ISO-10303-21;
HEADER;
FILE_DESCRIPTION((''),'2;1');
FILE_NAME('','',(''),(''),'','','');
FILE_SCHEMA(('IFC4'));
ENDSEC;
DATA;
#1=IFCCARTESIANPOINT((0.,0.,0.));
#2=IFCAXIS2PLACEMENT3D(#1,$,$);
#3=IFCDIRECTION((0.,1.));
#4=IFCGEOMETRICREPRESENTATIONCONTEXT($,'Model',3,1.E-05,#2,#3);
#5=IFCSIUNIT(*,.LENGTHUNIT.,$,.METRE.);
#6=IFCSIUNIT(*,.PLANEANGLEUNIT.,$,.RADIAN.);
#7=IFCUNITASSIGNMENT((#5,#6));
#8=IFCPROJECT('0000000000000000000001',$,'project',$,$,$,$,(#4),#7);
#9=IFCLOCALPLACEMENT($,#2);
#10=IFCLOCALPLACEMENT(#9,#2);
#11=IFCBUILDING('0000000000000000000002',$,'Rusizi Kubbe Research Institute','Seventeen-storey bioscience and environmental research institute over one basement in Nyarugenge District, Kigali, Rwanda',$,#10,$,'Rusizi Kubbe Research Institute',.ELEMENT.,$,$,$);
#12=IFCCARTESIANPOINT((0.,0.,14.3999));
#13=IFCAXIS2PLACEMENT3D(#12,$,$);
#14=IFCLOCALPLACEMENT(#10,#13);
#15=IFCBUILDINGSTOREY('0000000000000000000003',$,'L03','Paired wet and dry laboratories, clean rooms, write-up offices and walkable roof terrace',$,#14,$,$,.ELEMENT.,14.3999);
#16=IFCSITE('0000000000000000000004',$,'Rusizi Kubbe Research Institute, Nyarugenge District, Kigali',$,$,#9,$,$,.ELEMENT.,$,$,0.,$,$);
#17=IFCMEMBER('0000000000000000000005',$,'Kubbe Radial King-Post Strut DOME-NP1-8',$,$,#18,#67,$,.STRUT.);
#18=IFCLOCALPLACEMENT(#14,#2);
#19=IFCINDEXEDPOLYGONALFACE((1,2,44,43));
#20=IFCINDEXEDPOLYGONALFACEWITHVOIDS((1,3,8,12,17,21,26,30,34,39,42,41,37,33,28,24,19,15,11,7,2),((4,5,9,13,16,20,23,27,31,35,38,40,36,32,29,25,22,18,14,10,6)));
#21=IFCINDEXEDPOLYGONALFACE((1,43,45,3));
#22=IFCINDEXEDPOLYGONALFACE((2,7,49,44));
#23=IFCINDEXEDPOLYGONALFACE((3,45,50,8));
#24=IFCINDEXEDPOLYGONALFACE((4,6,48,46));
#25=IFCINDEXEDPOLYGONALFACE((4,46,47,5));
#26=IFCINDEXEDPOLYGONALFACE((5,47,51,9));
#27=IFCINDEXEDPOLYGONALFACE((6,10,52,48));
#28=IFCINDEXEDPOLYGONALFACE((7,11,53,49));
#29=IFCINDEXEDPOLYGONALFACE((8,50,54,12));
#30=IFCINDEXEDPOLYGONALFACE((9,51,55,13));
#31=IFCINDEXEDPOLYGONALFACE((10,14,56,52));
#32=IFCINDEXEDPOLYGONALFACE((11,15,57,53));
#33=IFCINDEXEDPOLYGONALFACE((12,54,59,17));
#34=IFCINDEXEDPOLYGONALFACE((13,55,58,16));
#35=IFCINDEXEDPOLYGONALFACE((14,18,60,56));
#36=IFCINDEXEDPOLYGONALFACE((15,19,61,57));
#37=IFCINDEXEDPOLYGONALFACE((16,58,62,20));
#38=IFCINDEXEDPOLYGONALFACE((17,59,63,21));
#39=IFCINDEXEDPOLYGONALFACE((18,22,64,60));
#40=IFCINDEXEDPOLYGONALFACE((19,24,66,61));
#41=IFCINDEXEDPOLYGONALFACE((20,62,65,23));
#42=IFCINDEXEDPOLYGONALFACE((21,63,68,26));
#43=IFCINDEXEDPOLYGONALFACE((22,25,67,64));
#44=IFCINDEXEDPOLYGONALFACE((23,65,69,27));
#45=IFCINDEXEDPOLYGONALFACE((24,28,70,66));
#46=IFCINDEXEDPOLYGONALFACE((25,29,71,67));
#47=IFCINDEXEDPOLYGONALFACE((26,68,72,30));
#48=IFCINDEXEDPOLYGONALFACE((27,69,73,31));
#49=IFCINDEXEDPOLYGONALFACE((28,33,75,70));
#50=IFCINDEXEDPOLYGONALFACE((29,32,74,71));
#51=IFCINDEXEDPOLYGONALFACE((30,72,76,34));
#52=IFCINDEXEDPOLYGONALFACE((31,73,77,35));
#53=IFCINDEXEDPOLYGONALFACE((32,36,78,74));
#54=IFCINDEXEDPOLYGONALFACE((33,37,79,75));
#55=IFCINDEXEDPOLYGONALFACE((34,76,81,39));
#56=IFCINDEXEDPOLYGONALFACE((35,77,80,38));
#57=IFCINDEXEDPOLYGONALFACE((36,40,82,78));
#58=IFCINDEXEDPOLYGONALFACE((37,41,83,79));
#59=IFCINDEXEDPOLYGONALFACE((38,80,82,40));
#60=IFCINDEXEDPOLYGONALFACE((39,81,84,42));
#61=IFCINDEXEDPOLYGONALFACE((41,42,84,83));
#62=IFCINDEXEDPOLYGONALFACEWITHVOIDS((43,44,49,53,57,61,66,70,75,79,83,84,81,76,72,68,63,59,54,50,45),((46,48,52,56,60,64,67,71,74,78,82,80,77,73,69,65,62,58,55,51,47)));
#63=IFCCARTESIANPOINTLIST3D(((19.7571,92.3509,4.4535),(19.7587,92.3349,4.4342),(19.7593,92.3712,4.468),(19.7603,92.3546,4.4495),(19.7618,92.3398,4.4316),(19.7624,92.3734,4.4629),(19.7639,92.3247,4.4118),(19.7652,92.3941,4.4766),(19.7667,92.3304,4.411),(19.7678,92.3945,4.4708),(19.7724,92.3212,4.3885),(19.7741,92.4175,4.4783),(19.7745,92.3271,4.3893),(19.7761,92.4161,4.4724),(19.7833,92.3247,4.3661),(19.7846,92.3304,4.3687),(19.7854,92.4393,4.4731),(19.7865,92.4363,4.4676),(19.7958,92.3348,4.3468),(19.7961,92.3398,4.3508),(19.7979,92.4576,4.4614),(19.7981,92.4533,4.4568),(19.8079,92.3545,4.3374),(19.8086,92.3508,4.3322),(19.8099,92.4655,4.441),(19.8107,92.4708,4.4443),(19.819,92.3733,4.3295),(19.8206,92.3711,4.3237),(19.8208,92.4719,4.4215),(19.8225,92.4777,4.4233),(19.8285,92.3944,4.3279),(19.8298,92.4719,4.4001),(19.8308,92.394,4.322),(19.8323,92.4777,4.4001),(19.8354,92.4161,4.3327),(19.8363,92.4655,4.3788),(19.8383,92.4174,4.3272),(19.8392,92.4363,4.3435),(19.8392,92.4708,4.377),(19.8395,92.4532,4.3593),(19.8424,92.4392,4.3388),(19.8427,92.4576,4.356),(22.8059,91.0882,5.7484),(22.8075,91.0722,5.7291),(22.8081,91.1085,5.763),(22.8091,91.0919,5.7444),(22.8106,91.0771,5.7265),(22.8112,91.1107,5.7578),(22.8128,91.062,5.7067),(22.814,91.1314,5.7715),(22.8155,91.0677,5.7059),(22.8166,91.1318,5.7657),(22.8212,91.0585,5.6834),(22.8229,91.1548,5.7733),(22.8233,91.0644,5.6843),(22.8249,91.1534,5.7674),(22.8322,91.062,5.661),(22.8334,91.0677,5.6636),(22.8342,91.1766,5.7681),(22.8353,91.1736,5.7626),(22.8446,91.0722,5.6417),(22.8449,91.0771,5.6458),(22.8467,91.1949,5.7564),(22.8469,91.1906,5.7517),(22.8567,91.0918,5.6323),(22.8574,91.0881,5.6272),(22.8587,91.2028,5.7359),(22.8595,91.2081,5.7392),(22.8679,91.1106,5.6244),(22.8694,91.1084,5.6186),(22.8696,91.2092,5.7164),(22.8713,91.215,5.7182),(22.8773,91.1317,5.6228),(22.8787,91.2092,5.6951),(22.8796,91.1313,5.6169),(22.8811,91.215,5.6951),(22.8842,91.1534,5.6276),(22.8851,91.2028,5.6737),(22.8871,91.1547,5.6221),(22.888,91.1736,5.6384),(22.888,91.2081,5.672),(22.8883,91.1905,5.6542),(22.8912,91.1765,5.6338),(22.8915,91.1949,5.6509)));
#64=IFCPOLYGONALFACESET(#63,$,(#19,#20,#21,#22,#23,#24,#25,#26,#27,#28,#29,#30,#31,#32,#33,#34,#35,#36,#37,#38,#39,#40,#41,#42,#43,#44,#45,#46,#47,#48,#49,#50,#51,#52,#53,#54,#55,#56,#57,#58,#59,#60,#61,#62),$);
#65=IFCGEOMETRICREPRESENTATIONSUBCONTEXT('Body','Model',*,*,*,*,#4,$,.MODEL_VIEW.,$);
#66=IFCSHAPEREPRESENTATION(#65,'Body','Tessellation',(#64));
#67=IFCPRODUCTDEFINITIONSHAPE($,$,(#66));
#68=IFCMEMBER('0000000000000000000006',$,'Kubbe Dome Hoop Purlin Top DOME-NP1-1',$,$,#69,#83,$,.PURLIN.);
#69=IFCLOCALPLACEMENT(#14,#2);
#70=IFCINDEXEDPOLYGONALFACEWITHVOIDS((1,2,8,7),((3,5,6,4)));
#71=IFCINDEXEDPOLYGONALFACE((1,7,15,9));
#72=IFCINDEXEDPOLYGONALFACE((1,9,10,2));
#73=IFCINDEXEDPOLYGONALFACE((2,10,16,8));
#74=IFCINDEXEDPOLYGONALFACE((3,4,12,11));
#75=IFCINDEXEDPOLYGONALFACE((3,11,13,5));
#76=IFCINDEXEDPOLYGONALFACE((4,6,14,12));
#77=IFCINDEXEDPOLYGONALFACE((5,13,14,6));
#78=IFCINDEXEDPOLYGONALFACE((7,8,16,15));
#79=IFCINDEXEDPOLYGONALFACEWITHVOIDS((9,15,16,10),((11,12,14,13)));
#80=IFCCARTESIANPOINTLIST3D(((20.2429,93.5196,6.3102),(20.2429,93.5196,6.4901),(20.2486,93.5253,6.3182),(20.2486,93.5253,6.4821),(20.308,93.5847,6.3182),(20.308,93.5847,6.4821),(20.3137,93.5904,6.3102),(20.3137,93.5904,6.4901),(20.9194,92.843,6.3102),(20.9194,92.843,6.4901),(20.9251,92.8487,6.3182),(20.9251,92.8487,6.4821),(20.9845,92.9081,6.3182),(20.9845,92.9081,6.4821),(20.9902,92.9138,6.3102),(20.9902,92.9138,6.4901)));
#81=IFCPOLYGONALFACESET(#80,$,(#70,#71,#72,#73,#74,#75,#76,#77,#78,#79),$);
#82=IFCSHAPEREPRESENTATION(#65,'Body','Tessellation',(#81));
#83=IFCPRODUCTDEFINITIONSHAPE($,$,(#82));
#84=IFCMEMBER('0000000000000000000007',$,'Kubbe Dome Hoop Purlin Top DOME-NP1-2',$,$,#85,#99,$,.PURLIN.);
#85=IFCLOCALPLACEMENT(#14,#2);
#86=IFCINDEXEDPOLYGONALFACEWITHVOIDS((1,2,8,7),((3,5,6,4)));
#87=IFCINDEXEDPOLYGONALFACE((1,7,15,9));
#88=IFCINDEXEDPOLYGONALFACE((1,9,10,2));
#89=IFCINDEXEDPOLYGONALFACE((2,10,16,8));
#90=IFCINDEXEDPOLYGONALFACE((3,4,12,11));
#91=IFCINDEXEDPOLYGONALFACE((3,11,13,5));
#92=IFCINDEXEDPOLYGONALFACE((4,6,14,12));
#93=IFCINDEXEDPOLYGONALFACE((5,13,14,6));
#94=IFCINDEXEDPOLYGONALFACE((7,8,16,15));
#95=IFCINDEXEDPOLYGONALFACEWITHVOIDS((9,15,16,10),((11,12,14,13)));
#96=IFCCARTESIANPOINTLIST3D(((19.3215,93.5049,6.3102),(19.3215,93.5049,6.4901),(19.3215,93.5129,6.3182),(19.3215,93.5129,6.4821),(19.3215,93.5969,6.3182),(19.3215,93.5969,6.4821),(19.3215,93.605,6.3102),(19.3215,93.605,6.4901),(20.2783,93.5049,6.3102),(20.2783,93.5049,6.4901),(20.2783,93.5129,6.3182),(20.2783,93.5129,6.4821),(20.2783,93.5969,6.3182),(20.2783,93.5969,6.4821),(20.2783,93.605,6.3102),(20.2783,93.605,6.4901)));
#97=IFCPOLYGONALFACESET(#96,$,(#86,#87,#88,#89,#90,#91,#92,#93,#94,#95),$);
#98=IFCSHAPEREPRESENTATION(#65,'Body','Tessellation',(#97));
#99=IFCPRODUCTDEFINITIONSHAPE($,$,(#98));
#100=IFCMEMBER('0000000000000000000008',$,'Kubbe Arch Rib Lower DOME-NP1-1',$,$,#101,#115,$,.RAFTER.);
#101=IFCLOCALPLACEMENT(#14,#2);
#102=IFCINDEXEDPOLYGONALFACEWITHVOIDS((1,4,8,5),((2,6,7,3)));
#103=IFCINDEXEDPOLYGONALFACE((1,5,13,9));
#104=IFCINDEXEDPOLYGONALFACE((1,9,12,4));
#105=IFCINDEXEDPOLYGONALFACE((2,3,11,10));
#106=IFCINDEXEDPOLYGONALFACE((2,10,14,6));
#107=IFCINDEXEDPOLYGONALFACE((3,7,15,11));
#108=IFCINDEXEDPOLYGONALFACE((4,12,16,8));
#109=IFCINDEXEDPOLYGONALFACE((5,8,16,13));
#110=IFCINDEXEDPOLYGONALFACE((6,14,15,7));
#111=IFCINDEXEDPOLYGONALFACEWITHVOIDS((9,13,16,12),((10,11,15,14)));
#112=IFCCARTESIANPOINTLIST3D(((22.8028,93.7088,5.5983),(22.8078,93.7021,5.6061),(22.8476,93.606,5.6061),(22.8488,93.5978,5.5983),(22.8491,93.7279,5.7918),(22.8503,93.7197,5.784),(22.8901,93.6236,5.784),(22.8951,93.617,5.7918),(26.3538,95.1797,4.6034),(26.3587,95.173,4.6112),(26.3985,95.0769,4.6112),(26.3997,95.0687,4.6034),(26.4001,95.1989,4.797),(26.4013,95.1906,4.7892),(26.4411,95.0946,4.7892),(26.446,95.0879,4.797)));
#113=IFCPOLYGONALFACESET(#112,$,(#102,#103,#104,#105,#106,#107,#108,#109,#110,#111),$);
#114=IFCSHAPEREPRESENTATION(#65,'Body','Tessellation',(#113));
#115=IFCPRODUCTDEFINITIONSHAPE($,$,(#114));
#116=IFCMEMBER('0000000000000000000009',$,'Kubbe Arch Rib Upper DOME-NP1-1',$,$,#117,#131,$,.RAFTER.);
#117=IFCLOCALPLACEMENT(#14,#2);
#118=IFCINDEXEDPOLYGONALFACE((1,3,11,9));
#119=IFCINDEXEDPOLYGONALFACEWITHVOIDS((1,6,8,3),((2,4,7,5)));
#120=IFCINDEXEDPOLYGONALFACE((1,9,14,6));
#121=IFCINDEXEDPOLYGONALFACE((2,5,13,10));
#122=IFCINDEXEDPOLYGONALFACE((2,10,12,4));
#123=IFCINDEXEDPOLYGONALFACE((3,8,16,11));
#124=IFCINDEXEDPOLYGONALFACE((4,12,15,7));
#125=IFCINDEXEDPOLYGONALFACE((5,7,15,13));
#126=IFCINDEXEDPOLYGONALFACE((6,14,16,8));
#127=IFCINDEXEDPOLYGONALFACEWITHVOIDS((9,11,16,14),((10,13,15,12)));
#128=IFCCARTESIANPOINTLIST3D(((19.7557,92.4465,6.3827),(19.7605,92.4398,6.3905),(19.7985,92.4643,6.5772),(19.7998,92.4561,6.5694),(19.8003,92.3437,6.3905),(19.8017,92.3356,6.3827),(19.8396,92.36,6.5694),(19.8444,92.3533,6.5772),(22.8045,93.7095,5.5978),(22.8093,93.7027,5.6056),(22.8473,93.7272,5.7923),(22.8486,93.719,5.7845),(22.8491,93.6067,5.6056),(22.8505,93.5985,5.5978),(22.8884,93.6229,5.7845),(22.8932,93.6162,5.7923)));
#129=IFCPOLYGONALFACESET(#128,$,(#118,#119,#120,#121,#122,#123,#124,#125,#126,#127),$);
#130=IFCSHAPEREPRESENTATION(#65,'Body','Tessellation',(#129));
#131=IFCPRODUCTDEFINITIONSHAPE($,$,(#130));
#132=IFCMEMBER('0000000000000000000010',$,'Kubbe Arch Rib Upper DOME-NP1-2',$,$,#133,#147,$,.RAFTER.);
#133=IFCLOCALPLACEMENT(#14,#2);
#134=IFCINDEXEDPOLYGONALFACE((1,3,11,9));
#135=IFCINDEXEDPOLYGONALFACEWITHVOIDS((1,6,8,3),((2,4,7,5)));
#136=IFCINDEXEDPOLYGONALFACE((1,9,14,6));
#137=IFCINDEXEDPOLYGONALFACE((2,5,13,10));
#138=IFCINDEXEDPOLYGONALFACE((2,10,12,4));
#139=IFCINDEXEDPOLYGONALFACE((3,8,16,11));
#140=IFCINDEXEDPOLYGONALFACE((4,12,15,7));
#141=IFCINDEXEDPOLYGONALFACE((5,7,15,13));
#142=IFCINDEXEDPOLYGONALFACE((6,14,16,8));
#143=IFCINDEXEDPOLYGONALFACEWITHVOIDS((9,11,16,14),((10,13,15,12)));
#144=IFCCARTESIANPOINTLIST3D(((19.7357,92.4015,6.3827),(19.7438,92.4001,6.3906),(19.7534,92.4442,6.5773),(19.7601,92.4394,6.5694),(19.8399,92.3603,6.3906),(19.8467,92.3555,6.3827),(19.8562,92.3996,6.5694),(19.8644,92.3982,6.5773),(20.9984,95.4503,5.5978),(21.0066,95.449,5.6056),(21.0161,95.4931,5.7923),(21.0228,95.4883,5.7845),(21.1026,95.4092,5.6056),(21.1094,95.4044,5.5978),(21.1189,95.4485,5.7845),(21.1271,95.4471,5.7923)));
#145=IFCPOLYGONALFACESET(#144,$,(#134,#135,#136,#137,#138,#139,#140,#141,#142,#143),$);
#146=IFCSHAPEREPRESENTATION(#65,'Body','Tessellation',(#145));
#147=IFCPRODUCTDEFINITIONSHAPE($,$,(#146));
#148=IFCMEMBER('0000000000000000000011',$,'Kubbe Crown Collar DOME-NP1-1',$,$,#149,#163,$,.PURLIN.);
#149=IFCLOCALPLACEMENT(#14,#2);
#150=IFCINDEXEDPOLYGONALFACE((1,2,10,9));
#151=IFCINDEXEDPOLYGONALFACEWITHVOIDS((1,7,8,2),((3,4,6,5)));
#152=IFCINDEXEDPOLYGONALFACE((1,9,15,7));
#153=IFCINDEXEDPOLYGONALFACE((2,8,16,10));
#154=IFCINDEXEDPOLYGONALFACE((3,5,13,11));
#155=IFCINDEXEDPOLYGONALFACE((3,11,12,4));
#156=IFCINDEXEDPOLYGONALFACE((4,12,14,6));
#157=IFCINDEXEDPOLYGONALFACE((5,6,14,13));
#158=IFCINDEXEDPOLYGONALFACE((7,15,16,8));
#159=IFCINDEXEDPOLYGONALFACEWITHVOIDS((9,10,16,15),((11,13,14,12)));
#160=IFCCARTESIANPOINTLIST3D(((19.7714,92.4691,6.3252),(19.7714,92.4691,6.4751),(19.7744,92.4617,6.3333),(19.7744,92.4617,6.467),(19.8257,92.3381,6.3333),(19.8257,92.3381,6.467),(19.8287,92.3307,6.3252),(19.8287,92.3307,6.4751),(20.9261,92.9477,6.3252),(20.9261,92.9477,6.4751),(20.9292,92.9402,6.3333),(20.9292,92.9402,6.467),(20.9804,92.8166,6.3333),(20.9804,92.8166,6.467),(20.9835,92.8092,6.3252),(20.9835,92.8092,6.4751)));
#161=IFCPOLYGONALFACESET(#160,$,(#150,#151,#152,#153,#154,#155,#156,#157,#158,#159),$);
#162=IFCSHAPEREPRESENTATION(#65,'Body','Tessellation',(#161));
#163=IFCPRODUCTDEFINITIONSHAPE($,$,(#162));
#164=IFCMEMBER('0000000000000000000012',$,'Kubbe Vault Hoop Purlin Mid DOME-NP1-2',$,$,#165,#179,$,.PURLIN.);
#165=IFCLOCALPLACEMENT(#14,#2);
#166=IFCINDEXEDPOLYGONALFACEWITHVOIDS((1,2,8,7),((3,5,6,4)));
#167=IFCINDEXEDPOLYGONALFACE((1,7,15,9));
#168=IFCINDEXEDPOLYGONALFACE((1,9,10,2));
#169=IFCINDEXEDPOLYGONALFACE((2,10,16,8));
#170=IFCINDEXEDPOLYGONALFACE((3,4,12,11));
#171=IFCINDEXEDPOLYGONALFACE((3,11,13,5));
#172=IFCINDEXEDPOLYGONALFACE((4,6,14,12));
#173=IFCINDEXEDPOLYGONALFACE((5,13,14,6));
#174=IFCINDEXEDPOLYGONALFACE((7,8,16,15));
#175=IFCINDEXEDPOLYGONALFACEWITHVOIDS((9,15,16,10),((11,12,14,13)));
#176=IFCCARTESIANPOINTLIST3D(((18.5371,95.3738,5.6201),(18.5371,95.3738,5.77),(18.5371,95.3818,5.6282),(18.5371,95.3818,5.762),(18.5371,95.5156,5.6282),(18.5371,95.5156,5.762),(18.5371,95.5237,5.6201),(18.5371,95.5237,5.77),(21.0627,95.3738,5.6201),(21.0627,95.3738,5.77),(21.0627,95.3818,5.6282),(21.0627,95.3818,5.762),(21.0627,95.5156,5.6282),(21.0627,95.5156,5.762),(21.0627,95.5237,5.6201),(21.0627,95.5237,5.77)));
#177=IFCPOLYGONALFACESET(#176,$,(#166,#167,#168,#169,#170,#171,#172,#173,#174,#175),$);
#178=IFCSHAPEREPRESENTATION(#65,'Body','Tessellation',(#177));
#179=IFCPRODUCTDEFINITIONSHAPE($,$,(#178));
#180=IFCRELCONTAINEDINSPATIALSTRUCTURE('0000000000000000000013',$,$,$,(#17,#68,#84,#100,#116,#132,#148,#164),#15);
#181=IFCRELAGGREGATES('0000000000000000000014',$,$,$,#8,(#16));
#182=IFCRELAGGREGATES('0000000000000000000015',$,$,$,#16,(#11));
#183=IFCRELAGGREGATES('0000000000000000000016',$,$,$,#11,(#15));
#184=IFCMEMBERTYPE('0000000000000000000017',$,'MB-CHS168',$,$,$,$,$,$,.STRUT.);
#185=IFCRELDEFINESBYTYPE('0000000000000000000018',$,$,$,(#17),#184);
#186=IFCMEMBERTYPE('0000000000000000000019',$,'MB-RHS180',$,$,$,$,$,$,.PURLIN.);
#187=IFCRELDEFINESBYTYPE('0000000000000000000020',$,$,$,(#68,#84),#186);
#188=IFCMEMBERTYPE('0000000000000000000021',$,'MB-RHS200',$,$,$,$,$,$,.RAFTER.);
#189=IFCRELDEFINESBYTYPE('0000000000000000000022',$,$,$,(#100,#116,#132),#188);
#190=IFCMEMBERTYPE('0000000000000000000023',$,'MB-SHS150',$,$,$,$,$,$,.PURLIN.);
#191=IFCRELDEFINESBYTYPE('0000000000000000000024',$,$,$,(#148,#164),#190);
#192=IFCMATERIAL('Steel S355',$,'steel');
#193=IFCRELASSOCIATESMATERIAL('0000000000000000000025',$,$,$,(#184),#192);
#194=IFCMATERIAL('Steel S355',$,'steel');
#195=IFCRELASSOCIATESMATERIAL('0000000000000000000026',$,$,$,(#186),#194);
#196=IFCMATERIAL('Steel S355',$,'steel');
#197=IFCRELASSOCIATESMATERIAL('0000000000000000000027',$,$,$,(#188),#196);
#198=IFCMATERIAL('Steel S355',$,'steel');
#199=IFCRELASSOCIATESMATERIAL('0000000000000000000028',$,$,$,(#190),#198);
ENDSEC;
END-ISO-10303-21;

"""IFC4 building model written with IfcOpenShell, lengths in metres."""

from ifc_helpers import new_model, si_unit, direction, frame, origin, origin_2d, place, context, subcontext, project, spatial, hollow_rectangle, hollow_circle, extrude, material, material_profile, profile_set, type_object, element, save


model = new_model("IFC4")

# Units and contexts
model_context = context("Model", 3, precision=1e-05, world=origin(), true_north=direction((0.0, 1.0)))
body_context = subcontext(model_context, "Body", "Model", "MODEL_VIEW")
ifc_project = project(units=[si_unit("LENGTHUNIT", "METRE"), si_unit("PLANEANGLEUNIT", "RADIAN")], contexts=[model_context])

# Site, building, storey
site_placement = place(None, origin())
site = spatial("IfcSite", under=ifc_project, at=site_placement, Name="Rusizi Kubbe Research Institute, Nyarugenge District, Kigali", CompositionType="ELEMENT", RefElevation=0.0)
building_placement = place(site_placement, origin())
building = spatial("IfcBuilding", under=site, at=building_placement, Name="Rusizi Kubbe Research Institute", Description="Seventeen-storey bioscience and environmental research institute over one basement in Nyarugenge District, Kigali, Rwanda", LongName="Rusizi Kubbe Research Institute", CompositionType="ELEMENT")
storey_placement = place(building_placement, frame((0.0, 0.0, 14.3999)))
storey = spatial("IfcBuildingStorey", under=building, at=storey_placement, Name="L03", Description="Paired wet and dry laboratories, clean rooms, write-up offices and walkable roof terrace", CompositionType="ELEMENT", Elevation=14.3999)

# Members
ifc_material_1 = material(Name="Steel S355", Category="steel")
ifc_material_profile_1 = material_profile(ifc_material_1, hollow_circle(Radius=0.0842, WallThickness=0.0063, at=origin_2d()), Name="CHS 168.3x6.3")
ifc_profile_set_1 = profile_set([ifc_material_profile_1], Name="Steel S355")
member_type_1 = type_object("IfcMemberType", Name="MB-CHS168", PredefinedType="STRUT", material=ifc_profile_set_1)
member_1_placement = place(storey_placement, frame((19.8, 92.3999, 4.4001), z_axis=(0.860052, -0.356197, 0.365288), x_axis=(0.382639, 0.923898, 0.0)))
element("IfcMember", 1, at=member_1_placement, inside=storey, type_object=member_type_1, Name="Kubbe Radial King-Post Strut DOME-NP1-8", PredefinedType="STRUT", context=body_context, shape_type="SweptSolid", body=[
    extrude(hollow_circle(Radius=0.0842, WallThickness=0.0063, at=origin_2d()), origin(), (0.0, 0.0, 1.0), 3.5449),
])
ifc_material_2 = material(Name="Steel S355", Category="steel")
ifc_material_profile_2 = material_profile(ifc_material_2, hollow_rectangle(XDim=0.1001, YDim=0.1799, WallThickness=0.0081, at=origin_2d()), Name="RHS 180x100x8.0")
ifc_profile_set_2 = profile_set([ifc_material_profile_2], Name="Steel S355")
member_type_2 = type_object("IfcMemberType", Name="MB-RHS180", PredefinedType="PURLIN", material=ifc_profile_set_2)
for number, where, z_axis, x_axis, name in (
    (2, (20.9548, 92.8784, 6.4001), (-0.707107, 0.707107, 0.0), (-0.707107, -0.707107, 0.0), "Kubbe Dome Hoop Purlin Top DOME-NP1-1"),
    (3, (20.2783, 93.5549, 6.4001), (-1.0, 0.0, 0.0), (0.0, -1.0, 0.0), "Kubbe Dome Hoop Purlin Top DOME-NP1-2"),
):
    element("IfcMember", number, at=place(storey_placement, frame(where, z_axis=z_axis, x_axis=x_axis)), inside=storey, type_object=member_type_2, Name=name, PredefinedType="PURLIN", context=body_context, shape_type="SweptSolid", body=[
        extrude(hollow_rectangle(XDim=0.1001, YDim=0.1799, WallThickness=0.0081, at=origin_2d()), origin(), (0.0, 0.0, 1.0), 0.9568),
    ])
ifc_material_3 = material(Name="Steel S355", Category="steel")
ifc_material_profile_3 = material_profile(ifc_material_3, hollow_rectangle(XDim=0.1201, YDim=0.2, WallThickness=0.0081, at=origin_2d()), Name="RHS 200x120x8.0")
ifc_profile_set_3 = profile_set([ifc_material_profile_3], Name="Steel S355")
member_type_3 = type_object("IfcMemberType", Name="MB-RHS200", PredefinedType="RAFTER", material=ifc_profile_set_3)
member_2_placement = place(storey_placement, frame((26.3999, 95.1338, 4.7002), z_axis=(-0.894398, -0.370488, 0.250579), x_axis=(0.382698, -0.923874, 0.0)))
element("IfcMember", 4, at=member_2_placement, inside=storey, type_object=member_type_3, Name="Kubbe Arch Rib Lower DOME-NP1-1", PredefinedType="RAFTER", context=body_context, shape_type="SweptSolid", body=[
    extrude(hollow_rectangle(XDim=0.1201, YDim=0.2, WallThickness=0.0081, at=origin_2d()), origin(), (0.0, 0.0, 1.0), 3.9702),
])
for number, where, z_axis, x_axis, name in (
    (5, (22.8489, 93.6628, 5.6951), (-0.898798, -0.372316, 0.231393), (0.382702, -0.923872, 0.0), "Kubbe Arch Rib Upper DOME-NP1-1"),
    (6, (21.0627, 95.4487, 5.6951), (-0.372254, -0.898822, 0.231399), (0.923898, -0.382639, 0.0), "Kubbe Arch Rib Upper DOME-NP1-2"),
):
    element("IfcMember", number, at=place(storey_placement, frame(where, z_axis=z_axis, x_axis=x_axis)), inside=storey, type_object=member_type_3, Name=name, PredefinedType="RAFTER", context=body_context, shape_type="SweptSolid", body=[
        extrude(hollow_rectangle(XDim=0.1201, YDim=0.2, WallThickness=0.0081, at=origin_2d()), origin(), (0.0, 0.0, 1.0), 3.3921),
    ])
ifc_material_4 = material(Name="Steel S355", Category="steel")
ifc_material_profile_4 = material_profile(ifc_material_4, hollow_rectangle(XDim=0.1499, YDim=0.1499, WallThickness=0.0081, at=origin_2d()), Name="SHS 150x150x8.0")
ifc_profile_set_4 = profile_set([ifc_material_profile_4], Name="Steel S355")
member_type_4 = type_object("IfcMemberType", Name="MB-SHS150", PredefinedType="PURLIN", material=ifc_profile_set_4)
member_3_placement = place(storey_placement, frame((19.8, 92.3999, 6.4001), z_axis=(0.923826, 0.382812, 0.0), x_axis=(-0.382812, 0.923826, 0.0)))
element("IfcMember", 7, at=member_3_placement, inside=storey, type_object=member_type_4, Name="Kubbe Crown Collar DOME-NP1-1", PredefinedType="PURLIN", context=body_context, shape_type="SweptSolid", body=[
    extrude(hollow_rectangle(XDim=0.1499, YDim=0.1499, WallThickness=0.0081, at=origin_2d()), origin(), (0.0, 0.0, 1.0), 1.25),
])
member_4_placement = place(storey_placement, frame((21.0627, 95.4487, 5.6951), z_axis=(-1.0, 0.0, 0.0), x_axis=(0.0, -1.0, 0.0)))
element("IfcMember", 8, at=member_4_placement, inside=storey, type_object=member_type_4, Name="Kubbe Vault Hoop Purlin Mid DOME-NP1-2", PredefinedType="PURLIN", context=body_context, shape_type="SweptSolid", body=[
    extrude(hollow_rectangle(XDim=0.1499, YDim=0.1499, WallThickness=0.0081, at=origin_2d()), origin(), (0.0, 0.0, 1.0), 2.5256),
])

save(model, "model.ifc")
